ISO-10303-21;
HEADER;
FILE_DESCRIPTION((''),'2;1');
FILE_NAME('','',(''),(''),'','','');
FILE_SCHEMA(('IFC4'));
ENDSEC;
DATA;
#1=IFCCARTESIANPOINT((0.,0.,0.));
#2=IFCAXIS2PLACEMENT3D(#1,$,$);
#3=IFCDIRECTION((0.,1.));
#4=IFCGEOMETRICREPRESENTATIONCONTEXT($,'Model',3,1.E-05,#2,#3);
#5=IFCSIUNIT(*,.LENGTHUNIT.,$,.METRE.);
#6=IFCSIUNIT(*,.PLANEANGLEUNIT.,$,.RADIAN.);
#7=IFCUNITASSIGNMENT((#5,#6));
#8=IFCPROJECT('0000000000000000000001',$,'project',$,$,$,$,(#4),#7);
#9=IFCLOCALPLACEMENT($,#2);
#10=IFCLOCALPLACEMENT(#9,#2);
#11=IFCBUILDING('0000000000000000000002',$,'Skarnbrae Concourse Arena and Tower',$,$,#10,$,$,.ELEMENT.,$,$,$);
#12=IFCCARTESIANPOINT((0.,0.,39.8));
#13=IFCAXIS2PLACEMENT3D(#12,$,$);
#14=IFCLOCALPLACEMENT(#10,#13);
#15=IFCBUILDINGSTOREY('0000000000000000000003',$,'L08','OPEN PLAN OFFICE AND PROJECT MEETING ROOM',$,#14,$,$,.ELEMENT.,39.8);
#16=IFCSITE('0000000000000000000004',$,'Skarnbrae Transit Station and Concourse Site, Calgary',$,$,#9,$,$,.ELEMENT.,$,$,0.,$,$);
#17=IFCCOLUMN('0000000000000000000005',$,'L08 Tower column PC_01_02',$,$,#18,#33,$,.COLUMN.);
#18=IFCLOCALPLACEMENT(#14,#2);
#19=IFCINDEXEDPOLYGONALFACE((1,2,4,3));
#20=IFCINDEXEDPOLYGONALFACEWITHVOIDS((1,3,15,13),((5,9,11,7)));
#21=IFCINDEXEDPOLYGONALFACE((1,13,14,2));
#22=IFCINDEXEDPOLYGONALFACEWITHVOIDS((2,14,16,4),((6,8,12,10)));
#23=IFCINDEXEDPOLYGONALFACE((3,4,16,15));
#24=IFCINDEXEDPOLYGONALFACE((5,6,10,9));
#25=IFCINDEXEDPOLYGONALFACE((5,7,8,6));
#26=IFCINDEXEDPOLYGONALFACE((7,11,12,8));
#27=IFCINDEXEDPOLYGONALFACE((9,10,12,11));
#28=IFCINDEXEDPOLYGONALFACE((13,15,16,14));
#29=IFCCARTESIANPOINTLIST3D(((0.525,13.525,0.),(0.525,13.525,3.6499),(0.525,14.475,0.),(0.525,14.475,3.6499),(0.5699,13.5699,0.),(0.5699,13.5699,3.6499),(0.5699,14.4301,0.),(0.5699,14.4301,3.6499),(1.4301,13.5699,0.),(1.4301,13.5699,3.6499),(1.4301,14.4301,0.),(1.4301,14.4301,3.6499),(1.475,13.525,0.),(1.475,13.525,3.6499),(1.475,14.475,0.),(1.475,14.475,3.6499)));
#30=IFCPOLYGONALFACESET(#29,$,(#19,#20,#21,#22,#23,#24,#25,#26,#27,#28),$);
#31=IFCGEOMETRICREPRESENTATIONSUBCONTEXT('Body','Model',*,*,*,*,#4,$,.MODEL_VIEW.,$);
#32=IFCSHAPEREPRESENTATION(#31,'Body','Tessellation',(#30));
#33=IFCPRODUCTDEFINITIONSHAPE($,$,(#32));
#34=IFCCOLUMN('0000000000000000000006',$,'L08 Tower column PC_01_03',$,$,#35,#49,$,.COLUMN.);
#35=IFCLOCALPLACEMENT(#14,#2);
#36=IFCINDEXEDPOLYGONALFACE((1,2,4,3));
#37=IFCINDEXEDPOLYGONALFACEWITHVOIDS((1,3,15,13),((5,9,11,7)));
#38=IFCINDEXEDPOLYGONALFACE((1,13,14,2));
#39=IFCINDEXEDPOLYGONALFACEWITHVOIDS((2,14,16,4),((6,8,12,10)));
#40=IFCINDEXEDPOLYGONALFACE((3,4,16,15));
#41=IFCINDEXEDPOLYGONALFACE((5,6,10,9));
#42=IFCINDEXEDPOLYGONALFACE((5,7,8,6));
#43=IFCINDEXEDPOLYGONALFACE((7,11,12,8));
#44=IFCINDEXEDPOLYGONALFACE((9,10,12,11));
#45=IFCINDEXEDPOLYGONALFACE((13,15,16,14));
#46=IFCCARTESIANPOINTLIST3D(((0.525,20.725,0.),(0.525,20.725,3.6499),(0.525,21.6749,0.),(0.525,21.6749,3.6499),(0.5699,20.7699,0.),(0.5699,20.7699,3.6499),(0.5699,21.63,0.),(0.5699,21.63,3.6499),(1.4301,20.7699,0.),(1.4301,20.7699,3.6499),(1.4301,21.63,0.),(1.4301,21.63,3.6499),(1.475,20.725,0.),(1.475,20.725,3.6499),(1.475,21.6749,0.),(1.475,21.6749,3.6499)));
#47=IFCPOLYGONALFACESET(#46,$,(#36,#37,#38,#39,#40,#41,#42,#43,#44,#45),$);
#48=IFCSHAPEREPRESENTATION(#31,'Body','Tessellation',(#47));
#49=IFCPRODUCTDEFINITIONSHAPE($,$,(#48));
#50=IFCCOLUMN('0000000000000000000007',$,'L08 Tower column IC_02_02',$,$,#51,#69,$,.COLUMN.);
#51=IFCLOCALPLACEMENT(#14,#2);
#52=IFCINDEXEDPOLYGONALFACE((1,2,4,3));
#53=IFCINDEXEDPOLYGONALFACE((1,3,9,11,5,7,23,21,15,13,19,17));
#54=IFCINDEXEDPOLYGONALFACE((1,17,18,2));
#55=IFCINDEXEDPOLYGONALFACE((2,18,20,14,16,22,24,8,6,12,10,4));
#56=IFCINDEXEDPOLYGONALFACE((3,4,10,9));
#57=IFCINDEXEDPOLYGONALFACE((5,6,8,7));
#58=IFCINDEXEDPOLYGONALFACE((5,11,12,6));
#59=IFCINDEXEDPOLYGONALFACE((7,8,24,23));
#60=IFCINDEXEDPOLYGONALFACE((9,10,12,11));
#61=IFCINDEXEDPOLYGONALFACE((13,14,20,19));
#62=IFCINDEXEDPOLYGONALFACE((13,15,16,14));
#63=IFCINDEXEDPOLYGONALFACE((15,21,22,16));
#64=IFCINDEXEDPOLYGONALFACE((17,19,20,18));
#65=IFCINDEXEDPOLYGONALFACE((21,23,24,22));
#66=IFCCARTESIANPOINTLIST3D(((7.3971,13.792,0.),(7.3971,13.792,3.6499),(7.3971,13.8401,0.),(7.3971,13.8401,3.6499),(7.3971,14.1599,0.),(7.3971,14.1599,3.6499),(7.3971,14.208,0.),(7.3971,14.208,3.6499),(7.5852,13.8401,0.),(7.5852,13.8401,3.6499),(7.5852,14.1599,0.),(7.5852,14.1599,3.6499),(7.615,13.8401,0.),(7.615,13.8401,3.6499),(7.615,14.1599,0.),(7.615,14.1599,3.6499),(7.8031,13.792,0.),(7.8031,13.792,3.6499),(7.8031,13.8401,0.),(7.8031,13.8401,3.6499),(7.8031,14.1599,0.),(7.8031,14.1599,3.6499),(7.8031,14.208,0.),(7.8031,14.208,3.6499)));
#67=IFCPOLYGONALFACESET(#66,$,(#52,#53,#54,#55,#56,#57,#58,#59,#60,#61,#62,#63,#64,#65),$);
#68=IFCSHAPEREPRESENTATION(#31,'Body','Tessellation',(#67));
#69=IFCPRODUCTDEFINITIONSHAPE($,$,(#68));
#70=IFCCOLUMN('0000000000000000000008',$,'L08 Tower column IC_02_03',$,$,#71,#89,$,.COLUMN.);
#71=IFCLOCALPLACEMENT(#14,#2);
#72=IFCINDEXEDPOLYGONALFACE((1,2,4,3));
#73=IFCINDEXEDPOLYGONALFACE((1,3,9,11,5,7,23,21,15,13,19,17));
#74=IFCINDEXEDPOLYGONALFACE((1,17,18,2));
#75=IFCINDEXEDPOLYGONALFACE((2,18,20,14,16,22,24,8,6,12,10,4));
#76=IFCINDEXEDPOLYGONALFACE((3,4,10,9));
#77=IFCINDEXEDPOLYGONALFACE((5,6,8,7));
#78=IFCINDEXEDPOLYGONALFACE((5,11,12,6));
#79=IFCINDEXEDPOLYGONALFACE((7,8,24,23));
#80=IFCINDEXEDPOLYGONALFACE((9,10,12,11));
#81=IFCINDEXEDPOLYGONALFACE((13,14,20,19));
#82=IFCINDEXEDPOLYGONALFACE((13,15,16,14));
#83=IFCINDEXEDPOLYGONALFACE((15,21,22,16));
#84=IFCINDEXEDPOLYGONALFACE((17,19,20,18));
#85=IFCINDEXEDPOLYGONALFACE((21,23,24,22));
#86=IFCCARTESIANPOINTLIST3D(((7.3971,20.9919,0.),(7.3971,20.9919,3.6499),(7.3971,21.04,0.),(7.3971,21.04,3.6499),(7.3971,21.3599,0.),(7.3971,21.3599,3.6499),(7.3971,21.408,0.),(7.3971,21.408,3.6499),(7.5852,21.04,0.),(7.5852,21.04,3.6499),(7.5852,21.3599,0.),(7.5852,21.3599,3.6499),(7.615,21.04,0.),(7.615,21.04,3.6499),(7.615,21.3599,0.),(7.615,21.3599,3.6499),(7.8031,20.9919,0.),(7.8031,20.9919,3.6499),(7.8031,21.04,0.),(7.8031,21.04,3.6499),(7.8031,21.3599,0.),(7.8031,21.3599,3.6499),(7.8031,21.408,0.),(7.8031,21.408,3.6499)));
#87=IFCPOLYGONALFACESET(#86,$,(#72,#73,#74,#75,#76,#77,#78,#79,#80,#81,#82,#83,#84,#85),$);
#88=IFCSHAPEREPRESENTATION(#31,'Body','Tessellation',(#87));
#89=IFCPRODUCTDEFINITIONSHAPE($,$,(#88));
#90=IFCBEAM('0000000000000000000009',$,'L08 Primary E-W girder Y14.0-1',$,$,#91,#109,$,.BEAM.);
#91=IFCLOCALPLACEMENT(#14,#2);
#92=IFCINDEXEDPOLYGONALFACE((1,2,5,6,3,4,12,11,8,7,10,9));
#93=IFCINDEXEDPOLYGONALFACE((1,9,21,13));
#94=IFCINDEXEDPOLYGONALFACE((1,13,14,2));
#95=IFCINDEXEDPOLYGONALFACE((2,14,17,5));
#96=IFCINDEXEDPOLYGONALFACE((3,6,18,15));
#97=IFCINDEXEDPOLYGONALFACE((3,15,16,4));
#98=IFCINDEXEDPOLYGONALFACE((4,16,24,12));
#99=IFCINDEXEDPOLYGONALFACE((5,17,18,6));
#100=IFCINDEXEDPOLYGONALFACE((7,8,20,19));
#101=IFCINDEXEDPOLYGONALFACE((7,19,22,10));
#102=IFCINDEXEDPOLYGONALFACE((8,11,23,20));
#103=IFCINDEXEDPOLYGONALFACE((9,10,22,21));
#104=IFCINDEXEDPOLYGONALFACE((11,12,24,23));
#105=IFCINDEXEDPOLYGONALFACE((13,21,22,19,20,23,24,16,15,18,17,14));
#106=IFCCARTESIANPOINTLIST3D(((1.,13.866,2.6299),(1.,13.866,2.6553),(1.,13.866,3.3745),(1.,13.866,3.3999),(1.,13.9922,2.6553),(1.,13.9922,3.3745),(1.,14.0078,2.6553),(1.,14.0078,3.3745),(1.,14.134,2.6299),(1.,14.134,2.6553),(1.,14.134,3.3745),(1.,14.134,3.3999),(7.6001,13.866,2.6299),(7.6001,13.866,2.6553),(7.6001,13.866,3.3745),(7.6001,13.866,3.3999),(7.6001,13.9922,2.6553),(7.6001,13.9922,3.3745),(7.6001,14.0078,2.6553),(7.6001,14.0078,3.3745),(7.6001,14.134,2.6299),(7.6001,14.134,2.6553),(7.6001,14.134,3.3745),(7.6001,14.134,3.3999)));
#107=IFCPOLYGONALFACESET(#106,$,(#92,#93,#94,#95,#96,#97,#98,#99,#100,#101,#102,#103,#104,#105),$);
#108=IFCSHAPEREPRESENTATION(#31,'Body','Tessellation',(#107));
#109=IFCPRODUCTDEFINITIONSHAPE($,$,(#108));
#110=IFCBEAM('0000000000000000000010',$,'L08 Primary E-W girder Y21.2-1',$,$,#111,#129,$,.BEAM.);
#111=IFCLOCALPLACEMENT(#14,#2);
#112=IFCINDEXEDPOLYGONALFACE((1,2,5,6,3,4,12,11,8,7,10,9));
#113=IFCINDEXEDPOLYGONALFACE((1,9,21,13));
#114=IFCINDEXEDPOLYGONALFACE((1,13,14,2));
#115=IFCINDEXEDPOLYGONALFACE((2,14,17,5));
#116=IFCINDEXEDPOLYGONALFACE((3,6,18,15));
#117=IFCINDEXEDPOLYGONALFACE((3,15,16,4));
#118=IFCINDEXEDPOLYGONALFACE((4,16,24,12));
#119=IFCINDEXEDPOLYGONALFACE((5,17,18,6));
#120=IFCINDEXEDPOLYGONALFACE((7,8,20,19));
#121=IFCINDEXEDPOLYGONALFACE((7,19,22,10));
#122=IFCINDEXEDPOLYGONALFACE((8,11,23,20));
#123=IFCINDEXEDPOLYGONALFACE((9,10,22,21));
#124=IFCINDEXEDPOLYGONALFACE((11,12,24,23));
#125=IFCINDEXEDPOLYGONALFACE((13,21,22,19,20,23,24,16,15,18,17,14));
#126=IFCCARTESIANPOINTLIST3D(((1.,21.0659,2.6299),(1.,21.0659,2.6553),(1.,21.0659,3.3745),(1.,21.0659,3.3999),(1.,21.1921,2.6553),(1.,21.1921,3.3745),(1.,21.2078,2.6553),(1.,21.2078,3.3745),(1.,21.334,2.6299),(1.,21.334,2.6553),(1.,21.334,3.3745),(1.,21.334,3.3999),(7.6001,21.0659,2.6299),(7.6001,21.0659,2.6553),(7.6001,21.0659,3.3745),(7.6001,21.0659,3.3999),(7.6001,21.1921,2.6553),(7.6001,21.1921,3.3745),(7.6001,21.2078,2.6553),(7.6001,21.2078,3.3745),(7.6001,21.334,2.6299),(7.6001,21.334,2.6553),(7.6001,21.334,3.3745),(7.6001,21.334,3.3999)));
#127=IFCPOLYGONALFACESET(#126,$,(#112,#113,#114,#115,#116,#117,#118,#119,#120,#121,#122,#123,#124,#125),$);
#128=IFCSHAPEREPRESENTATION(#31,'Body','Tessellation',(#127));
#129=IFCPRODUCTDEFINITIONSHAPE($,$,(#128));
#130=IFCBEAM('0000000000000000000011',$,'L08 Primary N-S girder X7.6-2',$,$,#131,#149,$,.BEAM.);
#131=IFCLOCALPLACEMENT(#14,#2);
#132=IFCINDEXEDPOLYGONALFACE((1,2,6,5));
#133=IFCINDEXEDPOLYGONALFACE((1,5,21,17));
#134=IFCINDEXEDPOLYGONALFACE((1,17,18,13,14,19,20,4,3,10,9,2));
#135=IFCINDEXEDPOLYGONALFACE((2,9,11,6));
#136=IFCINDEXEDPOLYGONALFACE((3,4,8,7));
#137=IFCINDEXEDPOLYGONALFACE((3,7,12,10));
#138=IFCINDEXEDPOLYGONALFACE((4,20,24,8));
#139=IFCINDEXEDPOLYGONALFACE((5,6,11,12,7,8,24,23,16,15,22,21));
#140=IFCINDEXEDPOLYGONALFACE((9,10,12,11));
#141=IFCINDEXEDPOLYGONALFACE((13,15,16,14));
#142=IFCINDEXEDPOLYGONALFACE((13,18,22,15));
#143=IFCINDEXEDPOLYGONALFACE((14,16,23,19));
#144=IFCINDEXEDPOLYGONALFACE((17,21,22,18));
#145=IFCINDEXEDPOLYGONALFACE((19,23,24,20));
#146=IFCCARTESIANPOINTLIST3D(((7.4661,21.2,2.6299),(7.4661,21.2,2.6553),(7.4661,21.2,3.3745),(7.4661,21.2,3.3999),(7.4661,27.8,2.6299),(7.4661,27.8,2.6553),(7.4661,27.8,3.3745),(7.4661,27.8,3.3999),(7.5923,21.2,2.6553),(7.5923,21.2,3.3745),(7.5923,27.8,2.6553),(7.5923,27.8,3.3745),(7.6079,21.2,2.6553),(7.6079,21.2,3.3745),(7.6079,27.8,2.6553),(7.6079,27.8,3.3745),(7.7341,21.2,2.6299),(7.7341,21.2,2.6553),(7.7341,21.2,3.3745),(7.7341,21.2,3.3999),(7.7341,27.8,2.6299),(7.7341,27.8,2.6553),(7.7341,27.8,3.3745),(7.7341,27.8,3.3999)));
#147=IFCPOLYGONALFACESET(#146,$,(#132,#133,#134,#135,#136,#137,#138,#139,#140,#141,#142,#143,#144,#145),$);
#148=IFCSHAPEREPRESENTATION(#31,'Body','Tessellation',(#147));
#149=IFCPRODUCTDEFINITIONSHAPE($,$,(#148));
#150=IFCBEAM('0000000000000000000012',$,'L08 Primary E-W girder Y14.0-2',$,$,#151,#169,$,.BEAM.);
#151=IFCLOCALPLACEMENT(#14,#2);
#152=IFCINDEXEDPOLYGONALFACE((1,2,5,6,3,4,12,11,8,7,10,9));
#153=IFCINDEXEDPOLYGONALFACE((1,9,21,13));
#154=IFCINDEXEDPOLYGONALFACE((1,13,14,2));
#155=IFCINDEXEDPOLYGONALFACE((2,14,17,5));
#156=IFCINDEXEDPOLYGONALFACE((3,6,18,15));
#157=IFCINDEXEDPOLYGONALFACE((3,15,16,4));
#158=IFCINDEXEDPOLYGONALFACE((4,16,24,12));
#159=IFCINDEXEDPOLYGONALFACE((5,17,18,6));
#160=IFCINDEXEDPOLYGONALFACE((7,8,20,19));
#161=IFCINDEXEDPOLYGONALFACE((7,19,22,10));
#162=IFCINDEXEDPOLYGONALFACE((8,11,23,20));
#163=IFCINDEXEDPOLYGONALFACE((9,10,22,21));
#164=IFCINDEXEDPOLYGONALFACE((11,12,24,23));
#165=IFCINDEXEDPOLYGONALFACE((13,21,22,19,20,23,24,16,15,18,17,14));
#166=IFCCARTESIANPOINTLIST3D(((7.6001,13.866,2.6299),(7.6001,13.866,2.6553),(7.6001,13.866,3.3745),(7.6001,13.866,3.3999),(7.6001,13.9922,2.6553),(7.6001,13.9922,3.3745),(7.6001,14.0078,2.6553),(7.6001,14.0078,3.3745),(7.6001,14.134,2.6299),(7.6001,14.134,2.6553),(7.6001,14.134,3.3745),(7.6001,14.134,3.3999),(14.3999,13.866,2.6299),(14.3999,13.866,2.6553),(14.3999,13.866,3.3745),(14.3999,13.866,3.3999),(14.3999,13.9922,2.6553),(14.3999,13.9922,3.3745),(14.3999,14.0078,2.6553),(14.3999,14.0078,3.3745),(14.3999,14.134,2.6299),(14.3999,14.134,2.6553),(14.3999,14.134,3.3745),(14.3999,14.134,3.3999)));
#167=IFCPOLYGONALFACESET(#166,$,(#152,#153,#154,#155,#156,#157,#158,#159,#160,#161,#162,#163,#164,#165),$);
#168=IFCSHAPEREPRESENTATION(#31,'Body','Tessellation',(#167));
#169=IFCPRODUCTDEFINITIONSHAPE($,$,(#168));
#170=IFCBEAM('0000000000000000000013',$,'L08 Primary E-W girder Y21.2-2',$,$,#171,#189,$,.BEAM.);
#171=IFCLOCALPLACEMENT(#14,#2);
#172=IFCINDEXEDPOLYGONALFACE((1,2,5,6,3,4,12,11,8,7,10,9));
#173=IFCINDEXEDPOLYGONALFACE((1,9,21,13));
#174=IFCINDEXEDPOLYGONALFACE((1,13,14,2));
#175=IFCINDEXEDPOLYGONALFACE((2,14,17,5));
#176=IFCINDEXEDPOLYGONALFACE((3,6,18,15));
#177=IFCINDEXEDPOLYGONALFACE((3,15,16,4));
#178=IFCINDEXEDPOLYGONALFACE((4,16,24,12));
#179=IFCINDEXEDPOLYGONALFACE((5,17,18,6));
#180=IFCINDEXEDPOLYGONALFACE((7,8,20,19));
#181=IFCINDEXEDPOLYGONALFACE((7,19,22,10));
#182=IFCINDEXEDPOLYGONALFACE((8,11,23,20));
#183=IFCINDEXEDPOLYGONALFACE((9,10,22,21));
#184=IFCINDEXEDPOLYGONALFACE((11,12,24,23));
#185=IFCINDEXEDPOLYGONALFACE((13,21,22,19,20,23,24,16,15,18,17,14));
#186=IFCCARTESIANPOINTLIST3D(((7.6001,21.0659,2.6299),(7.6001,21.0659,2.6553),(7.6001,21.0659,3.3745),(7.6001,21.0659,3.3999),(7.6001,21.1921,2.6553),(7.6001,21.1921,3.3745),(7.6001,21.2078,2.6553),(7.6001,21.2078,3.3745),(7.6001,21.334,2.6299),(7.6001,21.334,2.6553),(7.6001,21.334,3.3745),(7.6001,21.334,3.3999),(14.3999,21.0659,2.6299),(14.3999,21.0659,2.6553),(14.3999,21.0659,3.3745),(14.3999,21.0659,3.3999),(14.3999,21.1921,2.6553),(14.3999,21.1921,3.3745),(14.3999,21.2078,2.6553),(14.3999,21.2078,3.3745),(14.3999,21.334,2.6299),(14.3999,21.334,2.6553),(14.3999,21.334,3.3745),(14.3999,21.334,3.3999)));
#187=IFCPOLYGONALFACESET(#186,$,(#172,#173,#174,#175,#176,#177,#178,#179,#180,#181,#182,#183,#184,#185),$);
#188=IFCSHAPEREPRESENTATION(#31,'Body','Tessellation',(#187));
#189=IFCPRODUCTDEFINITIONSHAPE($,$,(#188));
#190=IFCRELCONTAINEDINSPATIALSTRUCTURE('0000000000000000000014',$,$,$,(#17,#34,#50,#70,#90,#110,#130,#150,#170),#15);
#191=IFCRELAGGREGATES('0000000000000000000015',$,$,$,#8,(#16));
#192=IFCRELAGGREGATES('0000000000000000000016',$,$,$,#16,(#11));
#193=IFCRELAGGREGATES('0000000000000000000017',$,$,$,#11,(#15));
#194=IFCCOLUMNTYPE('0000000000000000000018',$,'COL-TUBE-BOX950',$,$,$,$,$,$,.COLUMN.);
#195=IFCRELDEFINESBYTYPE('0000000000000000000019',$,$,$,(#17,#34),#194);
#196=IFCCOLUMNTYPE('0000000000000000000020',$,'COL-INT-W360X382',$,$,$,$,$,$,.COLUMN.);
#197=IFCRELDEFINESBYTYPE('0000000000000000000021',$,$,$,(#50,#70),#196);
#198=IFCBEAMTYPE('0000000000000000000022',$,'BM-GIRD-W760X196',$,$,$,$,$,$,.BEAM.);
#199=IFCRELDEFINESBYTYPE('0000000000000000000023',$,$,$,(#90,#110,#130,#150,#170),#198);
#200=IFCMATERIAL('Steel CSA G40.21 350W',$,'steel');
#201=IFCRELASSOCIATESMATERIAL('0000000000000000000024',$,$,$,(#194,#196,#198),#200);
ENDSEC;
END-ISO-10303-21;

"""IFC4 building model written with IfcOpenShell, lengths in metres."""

from ifc_helpers import new_model, si_unit, direction, frame, origin, origin_2d, place, context, subcontext, project, spatial, hollow_rectangle, i_section, extrude, source, transform, mapped, material, material_profile, profile_set, type_object, element, save


model = new_model("IFC4")

# Units and contexts
model_context = context("Model", 3, precision=1e-05, world=origin(), true_north=direction((0.0, 1.0)))
body_context = subcontext(model_context, "Body", "Model", "MODEL_VIEW")
ifc_project = project(units=[si_unit("LENGTHUNIT", "METRE"), si_unit("PLANEANGLEUNIT", "RADIAN")], contexts=[model_context])

# Site, building, storey
site_placement = place(None, origin())
site = spatial("IfcSite", under=ifc_project, at=site_placement, Name="Skarnbrae Transit Station and Concourse Site, Calgary", CompositionType="ELEMENT", RefElevation=0.0)
building_placement = place(site_placement, origin())
building = spatial("IfcBuilding", under=site, at=building_placement, Name="Skarnbrae Concourse Arena and Tower", CompositionType="ELEMENT")
storey_placement = place(building_placement, frame((0.0, 0.0, 39.8)))
storey = spatial("IfcBuildingStorey", under=building, at=storey_placement, Name="L08", Description="OPEN PLAN OFFICE AND PROJECT MEETING ROOM", CompositionType="ELEMENT", Elevation=39.8)

# Columns
ifc_material_1 = material(Name="Steel CSA G40.21 350W", Category="steel")
ifc_material_profile_1 = material_profile(ifc_material_1, hollow_rectangle(XDim=0.95, YDim=0.95, WallThickness=0.0449, at=origin_2d()), Name="BOX950X950X45")
ifc_profile_set_1 = profile_set([ifc_material_profile_1], Name="Steel CSA G40.21 350W")
column_type_1 = type_object("IfcColumnType", Name="COL-TUBE-BOX950", PredefinedType="COLUMN", material=ifc_profile_set_1)
shared_shape_1 = source(origin(), body_context, "Body", "SweptSolid", [
    extrude(hollow_rectangle(XDim=0.95, YDim=0.95, WallThickness=0.0449, at=origin_2d()), origin(), (0.0, 0.0, 1.0), 3.6499),
])
for number, where, z_axis, x_axis, name in (
    (1, (1.0, 14.0, 0.0), (0.0, 0.0, 1.0), (1.0, 0.0, 0.0), "L08 Tower column PC_01_02"),
    (2, (1.0, 21.2, 0.0), (0.0, 0.0, 1.0), (1.0, 0.0, 0.0), "L08 Tower column PC_01_03"),
):
    element("IfcColumn", number, at=place(storey_placement, frame(where, z_axis=z_axis, x_axis=x_axis)), inside=storey, type_object=column_type_1, Name=name, PredefinedType="COLUMN", context=body_context, shape_type="MappedRepresentation", body=[
        mapped(shared_shape_1, transform((0.0, 0.0, 0.0))),
    ])
ifc_material_profile_2 = material_profile(ifc_material_1, i_section(OverallWidth=0.406, OverallDepth=0.416, WebThickness=0.0298, FlangeThickness=0.0481, at=origin_2d()), Name="W360X382")
ifc_profile_set_2 = profile_set([ifc_material_profile_2], Name="Steel CSA G40.21 350W")
column_type_2 = type_object("IfcColumnType", Name="COL-INT-W360X382", PredefinedType="COLUMN", material=ifc_profile_set_2)
shared_shape_2 = source(origin(), body_context, "Body", "SweptSolid", [
    extrude(i_section(OverallWidth=0.406, OverallDepth=0.416, WebThickness=0.0298, FlangeThickness=0.0481, at=origin_2d()), origin(), (0.0, 0.0, 1.0), 3.6499),
])
for number, where, z_axis, x_axis, name in (
    (3, (7.6001, 14.0, 0.0), (0.0, 0.0, 1.0), (1.0, 0.0, 0.0), "L08 Tower column IC_02_02"),
    (4, (7.6001, 21.2, 0.0), (0.0, 0.0, 1.0), (1.0, 0.0, 0.0), "L08 Tower column IC_02_03"),
):
    element("IfcColumn", number, at=place(storey_placement, frame(where, z_axis=z_axis, x_axis=x_axis)), inside=storey, type_object=column_type_2, Name=name, PredefinedType="COLUMN", context=body_context, shape_type="MappedRepresentation", body=[
        mapped(shared_shape_2, transform((0.0, 0.0, 0.0))),
    ])

# Beams
ifc_material_profile_3 = material_profile(ifc_material_1, i_section(OverallWidth=0.2681, OverallDepth=0.77, WebThickness=0.0156, FlangeThickness=0.0254, at=origin_2d()), Name="W760X196")
ifc_profile_set_3 = profile_set([ifc_material_profile_3], Name="Steel CSA G40.21 350W")
beam_type_1 = type_object("IfcBeamType", Name="BM-GIRD-W760X196", PredefinedType="BEAM", material=ifc_profile_set_3)
shared_shape_3 = source(origin(), body_context, "Body", "SweptSolid", [
    extrude(i_section(OverallWidth=0.2681, OverallDepth=0.77, WebThickness=0.0156, FlangeThickness=0.0254, at=origin_2d()), origin(), (0.0, 0.0, 1.0), 6.6001),
])
for number, where, z_axis, x_axis, name in (
    (5, (1.0, 14.0, 3.0149), (1.0, 0.0, 0.0), (0.0, 1.0, 0.0), "L08 Primary E-W girder Y14.0-1"),
    (6, (1.0, 21.2, 3.0149), (1.0, 0.0, 0.0), (0.0, 1.0, 0.0), "L08 Primary E-W girder Y21.2-1"),
    (7, (7.6001, 21.2, 3.0149), (0.0, 1.0, 0.0), (-1.0, 0.0, 0.0), "L08 Primary N-S girder X7.6-2"),
):
    element("IfcBeam", number, at=place(storey_placement, frame(where, z_axis=z_axis, x_axis=x_axis)), inside=storey, type_object=beam_type_1, Name=name, PredefinedType="BEAM", context=body_context, shape_type="MappedRepresentation", body=[
        mapped(shared_shape_3, transform((0.0, 0.0, 0.0))),
    ])
shared_shape_4 = source(origin(), body_context, "Body", "SweptSolid", [
    extrude(i_section(OverallWidth=0.2681, OverallDepth=0.77, WebThickness=0.0156, FlangeThickness=0.0254, at=origin_2d()), origin(), (0.0, 0.0, 1.0), 6.7998),
])
for number, where, z_axis, x_axis, name in (
    (8, (7.6001, 14.0, 3.0149), (1.0, 0.0, 0.0), (0.0, 1.0, 0.0), "L08 Primary E-W girder Y14.0-2"),
    (9, (7.6001, 21.2, 3.0149), (1.0, 0.0, 0.0), (0.0, 1.0, 0.0), "L08 Primary E-W girder Y21.2-2"),
):
    element("IfcBeam", number, at=place(storey_placement, frame(where, z_axis=z_axis, x_axis=x_axis)), inside=storey, type_object=beam_type_1, Name=name, PredefinedType="BEAM", context=body_context, shape_type="MappedRepresentation", body=[
        mapped(shared_shape_4, transform((0.0, 0.0, 0.0))),
    ])

save(model, "model.ifc")
